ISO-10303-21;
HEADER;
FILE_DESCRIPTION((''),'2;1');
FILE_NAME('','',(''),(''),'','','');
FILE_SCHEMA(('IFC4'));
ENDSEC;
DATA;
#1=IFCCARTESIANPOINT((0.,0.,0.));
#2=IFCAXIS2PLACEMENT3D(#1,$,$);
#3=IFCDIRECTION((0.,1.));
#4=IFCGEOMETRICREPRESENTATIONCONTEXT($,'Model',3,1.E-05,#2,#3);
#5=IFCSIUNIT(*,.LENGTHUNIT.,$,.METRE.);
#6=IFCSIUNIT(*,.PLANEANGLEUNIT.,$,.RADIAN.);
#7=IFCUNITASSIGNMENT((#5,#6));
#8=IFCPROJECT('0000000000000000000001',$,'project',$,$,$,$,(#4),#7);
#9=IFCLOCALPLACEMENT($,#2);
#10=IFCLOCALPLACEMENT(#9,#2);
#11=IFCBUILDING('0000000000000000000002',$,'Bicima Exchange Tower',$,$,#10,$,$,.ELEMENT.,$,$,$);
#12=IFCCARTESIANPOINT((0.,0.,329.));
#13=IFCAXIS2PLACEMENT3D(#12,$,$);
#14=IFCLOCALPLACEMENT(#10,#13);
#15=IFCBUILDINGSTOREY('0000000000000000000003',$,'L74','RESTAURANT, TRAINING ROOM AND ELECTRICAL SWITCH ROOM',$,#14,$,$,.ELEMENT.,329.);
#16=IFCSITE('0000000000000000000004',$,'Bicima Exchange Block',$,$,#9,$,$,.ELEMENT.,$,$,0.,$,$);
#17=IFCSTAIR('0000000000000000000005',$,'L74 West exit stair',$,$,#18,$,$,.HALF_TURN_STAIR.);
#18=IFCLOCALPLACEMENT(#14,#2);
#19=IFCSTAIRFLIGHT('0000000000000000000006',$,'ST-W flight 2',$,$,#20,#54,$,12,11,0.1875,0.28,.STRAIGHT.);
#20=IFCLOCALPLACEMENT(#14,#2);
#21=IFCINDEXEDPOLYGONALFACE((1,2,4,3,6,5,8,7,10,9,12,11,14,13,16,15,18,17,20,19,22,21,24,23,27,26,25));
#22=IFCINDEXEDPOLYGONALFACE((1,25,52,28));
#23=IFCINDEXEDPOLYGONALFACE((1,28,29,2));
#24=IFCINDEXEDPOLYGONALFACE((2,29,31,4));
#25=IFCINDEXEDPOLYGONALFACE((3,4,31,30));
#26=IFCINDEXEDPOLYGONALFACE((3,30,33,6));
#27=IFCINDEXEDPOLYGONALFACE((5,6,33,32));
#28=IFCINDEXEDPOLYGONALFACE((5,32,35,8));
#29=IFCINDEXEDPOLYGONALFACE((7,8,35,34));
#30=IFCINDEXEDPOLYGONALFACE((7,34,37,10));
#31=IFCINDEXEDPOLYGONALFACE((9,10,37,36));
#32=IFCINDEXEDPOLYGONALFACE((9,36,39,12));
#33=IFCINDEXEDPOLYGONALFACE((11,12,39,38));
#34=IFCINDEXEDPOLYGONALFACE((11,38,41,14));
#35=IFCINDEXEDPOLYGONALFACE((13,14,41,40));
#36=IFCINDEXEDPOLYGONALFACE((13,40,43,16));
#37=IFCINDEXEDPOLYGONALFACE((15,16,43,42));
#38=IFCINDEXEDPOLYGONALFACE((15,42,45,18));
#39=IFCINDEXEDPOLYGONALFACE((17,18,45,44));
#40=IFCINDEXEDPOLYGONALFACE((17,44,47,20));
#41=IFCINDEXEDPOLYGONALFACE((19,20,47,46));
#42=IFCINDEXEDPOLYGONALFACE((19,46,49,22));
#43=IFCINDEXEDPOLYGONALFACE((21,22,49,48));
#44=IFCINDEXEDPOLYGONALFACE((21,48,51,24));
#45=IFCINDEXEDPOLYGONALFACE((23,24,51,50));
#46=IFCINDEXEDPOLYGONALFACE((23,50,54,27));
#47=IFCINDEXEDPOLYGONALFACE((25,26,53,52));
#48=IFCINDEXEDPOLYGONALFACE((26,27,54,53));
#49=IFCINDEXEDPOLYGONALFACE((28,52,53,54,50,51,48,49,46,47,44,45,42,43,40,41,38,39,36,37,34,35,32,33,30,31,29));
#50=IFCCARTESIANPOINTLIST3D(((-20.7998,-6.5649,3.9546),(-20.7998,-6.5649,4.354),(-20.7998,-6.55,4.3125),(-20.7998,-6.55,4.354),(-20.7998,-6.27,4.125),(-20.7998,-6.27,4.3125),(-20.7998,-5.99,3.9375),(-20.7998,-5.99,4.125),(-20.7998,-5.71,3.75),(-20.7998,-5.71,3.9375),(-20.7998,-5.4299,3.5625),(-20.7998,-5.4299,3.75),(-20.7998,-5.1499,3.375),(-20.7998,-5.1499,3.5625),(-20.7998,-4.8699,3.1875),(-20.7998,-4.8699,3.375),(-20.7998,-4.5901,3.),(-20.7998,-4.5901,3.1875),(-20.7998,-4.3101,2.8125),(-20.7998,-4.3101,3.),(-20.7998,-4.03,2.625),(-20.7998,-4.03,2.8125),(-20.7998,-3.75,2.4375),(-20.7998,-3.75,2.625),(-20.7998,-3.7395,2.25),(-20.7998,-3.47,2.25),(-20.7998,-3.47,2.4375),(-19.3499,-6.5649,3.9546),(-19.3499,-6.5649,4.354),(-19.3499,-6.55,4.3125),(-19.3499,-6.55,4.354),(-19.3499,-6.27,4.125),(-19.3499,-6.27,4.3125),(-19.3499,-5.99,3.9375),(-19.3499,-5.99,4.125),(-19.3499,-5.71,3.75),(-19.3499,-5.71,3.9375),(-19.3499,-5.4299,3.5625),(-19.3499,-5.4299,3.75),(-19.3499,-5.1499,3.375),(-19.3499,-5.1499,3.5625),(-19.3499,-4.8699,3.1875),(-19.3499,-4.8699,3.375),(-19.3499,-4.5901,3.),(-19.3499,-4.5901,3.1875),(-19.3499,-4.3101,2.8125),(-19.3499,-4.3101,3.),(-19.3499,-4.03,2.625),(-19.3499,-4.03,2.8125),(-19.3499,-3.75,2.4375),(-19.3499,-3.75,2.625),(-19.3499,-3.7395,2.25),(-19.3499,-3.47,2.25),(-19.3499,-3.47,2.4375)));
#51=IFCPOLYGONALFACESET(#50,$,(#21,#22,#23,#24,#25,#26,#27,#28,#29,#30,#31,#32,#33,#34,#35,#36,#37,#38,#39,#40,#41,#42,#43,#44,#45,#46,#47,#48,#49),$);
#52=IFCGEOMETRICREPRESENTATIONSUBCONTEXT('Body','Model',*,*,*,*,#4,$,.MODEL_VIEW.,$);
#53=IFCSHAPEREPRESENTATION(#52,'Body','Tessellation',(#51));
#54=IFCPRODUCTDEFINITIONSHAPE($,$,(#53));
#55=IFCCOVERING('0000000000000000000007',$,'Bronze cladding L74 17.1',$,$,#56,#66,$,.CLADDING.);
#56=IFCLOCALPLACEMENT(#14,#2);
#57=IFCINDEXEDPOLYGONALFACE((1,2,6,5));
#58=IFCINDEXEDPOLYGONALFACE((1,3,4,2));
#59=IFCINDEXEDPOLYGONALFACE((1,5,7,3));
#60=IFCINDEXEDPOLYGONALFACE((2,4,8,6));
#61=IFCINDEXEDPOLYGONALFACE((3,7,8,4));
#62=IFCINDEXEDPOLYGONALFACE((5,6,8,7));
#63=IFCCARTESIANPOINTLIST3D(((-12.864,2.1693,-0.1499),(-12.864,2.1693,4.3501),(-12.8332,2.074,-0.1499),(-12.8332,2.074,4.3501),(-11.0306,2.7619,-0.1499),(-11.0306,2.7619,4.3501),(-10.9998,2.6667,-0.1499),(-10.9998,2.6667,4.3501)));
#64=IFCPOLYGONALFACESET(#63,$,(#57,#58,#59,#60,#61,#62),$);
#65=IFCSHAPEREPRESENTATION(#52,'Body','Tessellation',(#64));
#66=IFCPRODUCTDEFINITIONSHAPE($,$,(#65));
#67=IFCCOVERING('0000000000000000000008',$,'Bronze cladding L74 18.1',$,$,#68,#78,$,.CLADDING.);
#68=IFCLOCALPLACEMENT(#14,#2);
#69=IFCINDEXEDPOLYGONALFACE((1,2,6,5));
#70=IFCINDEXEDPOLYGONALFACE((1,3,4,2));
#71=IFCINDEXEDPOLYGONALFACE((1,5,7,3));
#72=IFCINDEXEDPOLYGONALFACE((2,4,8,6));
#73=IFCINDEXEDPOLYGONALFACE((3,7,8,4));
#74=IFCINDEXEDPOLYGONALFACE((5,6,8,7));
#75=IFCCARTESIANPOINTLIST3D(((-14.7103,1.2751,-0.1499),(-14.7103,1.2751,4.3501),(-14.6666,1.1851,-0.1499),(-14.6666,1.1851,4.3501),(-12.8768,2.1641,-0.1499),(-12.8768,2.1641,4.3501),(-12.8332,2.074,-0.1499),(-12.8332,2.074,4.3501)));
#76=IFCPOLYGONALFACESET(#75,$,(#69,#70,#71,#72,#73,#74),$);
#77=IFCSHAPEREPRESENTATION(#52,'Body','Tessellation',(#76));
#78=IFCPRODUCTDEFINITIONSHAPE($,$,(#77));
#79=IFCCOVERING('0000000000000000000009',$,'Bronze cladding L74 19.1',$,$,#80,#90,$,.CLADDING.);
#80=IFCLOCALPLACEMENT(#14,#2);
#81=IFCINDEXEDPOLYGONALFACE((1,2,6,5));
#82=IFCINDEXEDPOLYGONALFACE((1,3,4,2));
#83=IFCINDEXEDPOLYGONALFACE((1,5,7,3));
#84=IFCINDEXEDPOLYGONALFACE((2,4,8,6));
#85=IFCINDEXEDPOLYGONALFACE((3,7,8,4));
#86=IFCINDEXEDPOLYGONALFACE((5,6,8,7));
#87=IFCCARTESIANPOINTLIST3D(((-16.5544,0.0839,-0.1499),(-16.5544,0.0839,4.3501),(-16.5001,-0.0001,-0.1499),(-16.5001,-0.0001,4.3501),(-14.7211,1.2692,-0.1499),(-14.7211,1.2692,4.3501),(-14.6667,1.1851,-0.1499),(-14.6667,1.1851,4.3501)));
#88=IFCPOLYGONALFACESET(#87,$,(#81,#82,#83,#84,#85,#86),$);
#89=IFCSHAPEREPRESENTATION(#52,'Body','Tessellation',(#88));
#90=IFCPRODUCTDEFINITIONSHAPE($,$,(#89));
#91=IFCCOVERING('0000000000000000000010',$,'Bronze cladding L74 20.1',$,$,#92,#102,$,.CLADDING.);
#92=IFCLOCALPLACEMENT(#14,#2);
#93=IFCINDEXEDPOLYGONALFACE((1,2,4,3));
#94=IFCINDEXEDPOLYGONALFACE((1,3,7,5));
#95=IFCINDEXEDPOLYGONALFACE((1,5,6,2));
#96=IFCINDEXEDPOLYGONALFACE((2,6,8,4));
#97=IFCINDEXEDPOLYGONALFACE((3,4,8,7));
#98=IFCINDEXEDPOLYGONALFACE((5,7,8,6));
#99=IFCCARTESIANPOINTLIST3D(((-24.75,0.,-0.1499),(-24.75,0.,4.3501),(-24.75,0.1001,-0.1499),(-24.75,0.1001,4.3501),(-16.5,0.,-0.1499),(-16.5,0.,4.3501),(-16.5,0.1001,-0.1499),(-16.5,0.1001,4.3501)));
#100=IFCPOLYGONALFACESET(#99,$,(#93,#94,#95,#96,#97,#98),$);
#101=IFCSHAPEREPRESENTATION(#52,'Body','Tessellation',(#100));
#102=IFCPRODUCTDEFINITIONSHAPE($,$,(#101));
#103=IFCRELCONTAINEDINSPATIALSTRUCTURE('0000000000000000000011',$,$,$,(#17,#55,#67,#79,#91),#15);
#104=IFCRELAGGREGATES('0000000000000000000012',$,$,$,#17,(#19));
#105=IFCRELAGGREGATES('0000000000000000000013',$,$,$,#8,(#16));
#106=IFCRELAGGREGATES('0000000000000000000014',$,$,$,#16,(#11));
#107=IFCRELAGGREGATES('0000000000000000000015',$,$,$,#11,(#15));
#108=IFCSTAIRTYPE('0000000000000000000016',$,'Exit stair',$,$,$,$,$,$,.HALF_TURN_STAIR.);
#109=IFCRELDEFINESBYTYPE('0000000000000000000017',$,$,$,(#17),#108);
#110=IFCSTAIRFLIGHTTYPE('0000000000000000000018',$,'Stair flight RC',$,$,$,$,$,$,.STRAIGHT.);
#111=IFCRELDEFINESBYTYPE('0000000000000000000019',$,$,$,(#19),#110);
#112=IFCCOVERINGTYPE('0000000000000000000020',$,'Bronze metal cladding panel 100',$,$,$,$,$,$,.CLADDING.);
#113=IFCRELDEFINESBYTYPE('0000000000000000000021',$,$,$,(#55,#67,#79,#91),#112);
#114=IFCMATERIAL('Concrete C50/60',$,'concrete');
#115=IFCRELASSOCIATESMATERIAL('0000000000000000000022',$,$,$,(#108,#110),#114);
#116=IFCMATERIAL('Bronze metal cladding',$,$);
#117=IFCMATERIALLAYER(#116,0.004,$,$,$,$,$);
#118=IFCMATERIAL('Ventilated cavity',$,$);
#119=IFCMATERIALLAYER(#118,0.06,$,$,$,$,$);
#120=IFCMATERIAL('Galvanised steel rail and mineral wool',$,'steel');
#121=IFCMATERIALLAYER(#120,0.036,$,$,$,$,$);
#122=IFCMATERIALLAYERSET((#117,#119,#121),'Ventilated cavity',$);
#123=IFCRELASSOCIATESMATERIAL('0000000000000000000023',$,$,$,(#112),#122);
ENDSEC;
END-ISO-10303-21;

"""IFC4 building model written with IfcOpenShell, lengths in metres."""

from ifc_helpers import new_model, si_unit, direction, frame, origin, origin_2d, place, context, subcontext, project, spatial, polyline, rectangle, outline, extrude, material, layer, layer_set, type_object, element, aggregate, save


model = new_model("IFC4")

# Units and contexts
model_context = context("Model", 3, precision=1e-05, world=origin(), true_north=direction((0.0, 1.0)))
body_context = subcontext(model_context, "Body", "Model", "MODEL_VIEW")
ifc_project = project(units=[si_unit("LENGTHUNIT", "METRE"), si_unit("PLANEANGLEUNIT", "RADIAN")], contexts=[model_context])

# Site, building, storey
site_placement = place(None, origin())
site = spatial("IfcSite", under=ifc_project, at=site_placement, Name="Bicima Exchange Block", CompositionType="ELEMENT", RefElevation=0.0)
building_placement = place(site_placement, origin())
building = spatial("IfcBuilding", under=site, at=building_placement, Name="Bicima Exchange Tower", CompositionType="ELEMENT")
storey_placement = place(building_placement, frame((0.0, 0.0, 329.0)))
storey = spatial("IfcBuildingStorey", under=building, at=storey_placement, Name="L74", Description="RESTAURANT, TRAINING ROOM AND ELECTRICAL SWITCH ROOM", CompositionType="ELEMENT", Elevation=329.0)

# Shared definitions
ifc_material_1 = material(Name="Concrete C50/60", Category="concrete")

# Stair, stair flight
stair_type = type_object("IfcStairType", Name="Exit stair", PredefinedType="HALF_TURN_STAIR", material=ifc_material_1)
stair_placement = place(storey_placement, origin())
stair = element("IfcStair", 1, at=stair_placement, inside=storey, type_object=stair_type, Name="L74 West exit stair", PredefinedType="HALF_TURN_STAIR")
stair_flight_type = type_object("IfcStairFlightType", Name="Stair flight RC", PredefinedType="STRAIGHT", material=ifc_material_1)
stair_flight_1_placement = place(storey_placement, frame((-20.075, -3.47, 2.25), z_axis=(0.0, 0.0, 1.0), x_axis=(0.0, -1.0, 0.0)))
stair_flight_1 = element("IfcStairFlight", 2, at=stair_flight_1_placement, type_object=stair_flight_type, Name="ST-W flight 2", NumberOfRisers=12, NumberOfTreads=11, PredefinedType="STRAIGHT", RiserHeight=0.1875, TreadLength=0.28, context=body_context, shape_type="SweptSolid", body=[
    extrude(outline(polyline([(0.0, 0.0), (0.0, 0.1875), (0.28, 0.1875), (0.28, 0.375), (0.5601, 0.375), (0.5601, 0.5625), (0.8401, 0.5625), (0.8401, 0.75), (1.1201, 0.75), (1.1201, 0.9375), (1.3999, 0.9375), (1.3999, 1.125), (1.6799, 1.125), (1.6799, 1.3125), (1.96, 1.3125), (1.96, 1.5), (2.24, 1.5), (2.24, 1.6875), (2.52, 1.6875), (2.52, 1.875), (2.8, 1.875), (2.8, 2.0625), (3.0801, 2.0625), (3.0801, 2.104), (3.095, 2.104), (3.095, 1.7046), (0.2695, 0.0), (0.0, 0.0)])), frame((0.0, 0.7251, 0.0), z_axis=(0.0, -1.0, 0.0), x_axis=(1.0, 0.0, 0.0)), (0.0, 0.0, 1.0), 1.45),
])
aggregate(stair, [stair_flight_1])

# Coverings
ifc_material_2 = material(Name="Bronze metal cladding")
ifc_layer_1 = layer(ifc_material_2, 0.004)
ifc_material_3 = material(Name="Ventilated cavity")
ifc_layer_2 = layer(ifc_material_3, 0.06)
ifc_material_4 = material(Name="Galvanised steel rail and mineral wool", Category="steel")
ifc_layer_3 = layer(ifc_material_4, 0.036)
ifc_layer_set_1 = layer_set([ifc_layer_1, ifc_layer_2, ifc_layer_3], Name="Ventilated cavity")
covering_type = type_object("IfcCoveringType", Name="Bronze metal cladding panel 100", PredefinedType="CLADDING", material=ifc_layer_set_1)
covering_1_placement = place(storey_placement, frame((-11.9319, 2.418, -0.1499), z_axis=(0.0, 0.0, 1.0), x_axis=(-0.951525, -0.307573, 0.0)))
element("IfcCovering", 3, at=covering_1_placement, inside=storey, type_object=covering_type, Name="Bronze cladding L74 17.1", PredefinedType="CLADDING", context=body_context, shape_type="SweptSolid", body=[
    extrude(rectangle(XDim=1.9268, YDim=0.1001, at=origin_2d()), origin(), (0.0, 0.0, 1.0), 4.5),
])
covering_2_placement = place(storey_placement, frame((-13.7717, 1.6746, -0.1499), z_axis=(0.0, 0.0, 1.0), x_axis=(-0.899818, -0.436265, 0.0)))
element("IfcCovering", 4, at=covering_2_placement, inside=storey, type_object=covering_type, Name="Bronze cladding L74 18.1", PredefinedType="CLADDING", context=body_context, shape_type="SweptSolid", body=[
    extrude(rectangle(XDim=2.0376, YDim=0.1001, at=origin_2d()), origin(), (0.0, 0.0, 1.0), 4.5),
])
covering_3_placement = place(storey_placement, frame((-15.6106, 0.6345, -0.1499), z_axis=(0.0, 0.0, 1.0), x_axis=(-0.83979, -0.542911, 0.0)))
element("IfcCovering", 5, at=covering_3_placement, inside=storey, type_object=covering_type, Name="Bronze cladding L74 19.1", PredefinedType="CLADDING", context=body_context, shape_type="SweptSolid", body=[
    extrude(rectangle(XDim=2.1831, YDim=0.1001, at=origin_2d()), origin(), (0.0, 0.0, 1.0), 4.5),
])
covering_4_placement = place(storey_placement, frame((-20.625, 0.05, -0.1499), z_axis=(0.0, 0.0, 1.0), x_axis=(-1.0, 0.0, 0.0)))
element("IfcCovering", 6, at=covering_4_placement, inside=storey, type_object=covering_type, Name="Bronze cladding L74 20.1", PredefinedType="CLADDING", context=body_context, shape_type="SweptSolid", body=[
    extrude(rectangle(XDim=8.25, YDim=0.1001, at=origin_2d()), origin(), (0.0, 0.0, 1.0), 4.5),
])

save(model, "model.ifc")
